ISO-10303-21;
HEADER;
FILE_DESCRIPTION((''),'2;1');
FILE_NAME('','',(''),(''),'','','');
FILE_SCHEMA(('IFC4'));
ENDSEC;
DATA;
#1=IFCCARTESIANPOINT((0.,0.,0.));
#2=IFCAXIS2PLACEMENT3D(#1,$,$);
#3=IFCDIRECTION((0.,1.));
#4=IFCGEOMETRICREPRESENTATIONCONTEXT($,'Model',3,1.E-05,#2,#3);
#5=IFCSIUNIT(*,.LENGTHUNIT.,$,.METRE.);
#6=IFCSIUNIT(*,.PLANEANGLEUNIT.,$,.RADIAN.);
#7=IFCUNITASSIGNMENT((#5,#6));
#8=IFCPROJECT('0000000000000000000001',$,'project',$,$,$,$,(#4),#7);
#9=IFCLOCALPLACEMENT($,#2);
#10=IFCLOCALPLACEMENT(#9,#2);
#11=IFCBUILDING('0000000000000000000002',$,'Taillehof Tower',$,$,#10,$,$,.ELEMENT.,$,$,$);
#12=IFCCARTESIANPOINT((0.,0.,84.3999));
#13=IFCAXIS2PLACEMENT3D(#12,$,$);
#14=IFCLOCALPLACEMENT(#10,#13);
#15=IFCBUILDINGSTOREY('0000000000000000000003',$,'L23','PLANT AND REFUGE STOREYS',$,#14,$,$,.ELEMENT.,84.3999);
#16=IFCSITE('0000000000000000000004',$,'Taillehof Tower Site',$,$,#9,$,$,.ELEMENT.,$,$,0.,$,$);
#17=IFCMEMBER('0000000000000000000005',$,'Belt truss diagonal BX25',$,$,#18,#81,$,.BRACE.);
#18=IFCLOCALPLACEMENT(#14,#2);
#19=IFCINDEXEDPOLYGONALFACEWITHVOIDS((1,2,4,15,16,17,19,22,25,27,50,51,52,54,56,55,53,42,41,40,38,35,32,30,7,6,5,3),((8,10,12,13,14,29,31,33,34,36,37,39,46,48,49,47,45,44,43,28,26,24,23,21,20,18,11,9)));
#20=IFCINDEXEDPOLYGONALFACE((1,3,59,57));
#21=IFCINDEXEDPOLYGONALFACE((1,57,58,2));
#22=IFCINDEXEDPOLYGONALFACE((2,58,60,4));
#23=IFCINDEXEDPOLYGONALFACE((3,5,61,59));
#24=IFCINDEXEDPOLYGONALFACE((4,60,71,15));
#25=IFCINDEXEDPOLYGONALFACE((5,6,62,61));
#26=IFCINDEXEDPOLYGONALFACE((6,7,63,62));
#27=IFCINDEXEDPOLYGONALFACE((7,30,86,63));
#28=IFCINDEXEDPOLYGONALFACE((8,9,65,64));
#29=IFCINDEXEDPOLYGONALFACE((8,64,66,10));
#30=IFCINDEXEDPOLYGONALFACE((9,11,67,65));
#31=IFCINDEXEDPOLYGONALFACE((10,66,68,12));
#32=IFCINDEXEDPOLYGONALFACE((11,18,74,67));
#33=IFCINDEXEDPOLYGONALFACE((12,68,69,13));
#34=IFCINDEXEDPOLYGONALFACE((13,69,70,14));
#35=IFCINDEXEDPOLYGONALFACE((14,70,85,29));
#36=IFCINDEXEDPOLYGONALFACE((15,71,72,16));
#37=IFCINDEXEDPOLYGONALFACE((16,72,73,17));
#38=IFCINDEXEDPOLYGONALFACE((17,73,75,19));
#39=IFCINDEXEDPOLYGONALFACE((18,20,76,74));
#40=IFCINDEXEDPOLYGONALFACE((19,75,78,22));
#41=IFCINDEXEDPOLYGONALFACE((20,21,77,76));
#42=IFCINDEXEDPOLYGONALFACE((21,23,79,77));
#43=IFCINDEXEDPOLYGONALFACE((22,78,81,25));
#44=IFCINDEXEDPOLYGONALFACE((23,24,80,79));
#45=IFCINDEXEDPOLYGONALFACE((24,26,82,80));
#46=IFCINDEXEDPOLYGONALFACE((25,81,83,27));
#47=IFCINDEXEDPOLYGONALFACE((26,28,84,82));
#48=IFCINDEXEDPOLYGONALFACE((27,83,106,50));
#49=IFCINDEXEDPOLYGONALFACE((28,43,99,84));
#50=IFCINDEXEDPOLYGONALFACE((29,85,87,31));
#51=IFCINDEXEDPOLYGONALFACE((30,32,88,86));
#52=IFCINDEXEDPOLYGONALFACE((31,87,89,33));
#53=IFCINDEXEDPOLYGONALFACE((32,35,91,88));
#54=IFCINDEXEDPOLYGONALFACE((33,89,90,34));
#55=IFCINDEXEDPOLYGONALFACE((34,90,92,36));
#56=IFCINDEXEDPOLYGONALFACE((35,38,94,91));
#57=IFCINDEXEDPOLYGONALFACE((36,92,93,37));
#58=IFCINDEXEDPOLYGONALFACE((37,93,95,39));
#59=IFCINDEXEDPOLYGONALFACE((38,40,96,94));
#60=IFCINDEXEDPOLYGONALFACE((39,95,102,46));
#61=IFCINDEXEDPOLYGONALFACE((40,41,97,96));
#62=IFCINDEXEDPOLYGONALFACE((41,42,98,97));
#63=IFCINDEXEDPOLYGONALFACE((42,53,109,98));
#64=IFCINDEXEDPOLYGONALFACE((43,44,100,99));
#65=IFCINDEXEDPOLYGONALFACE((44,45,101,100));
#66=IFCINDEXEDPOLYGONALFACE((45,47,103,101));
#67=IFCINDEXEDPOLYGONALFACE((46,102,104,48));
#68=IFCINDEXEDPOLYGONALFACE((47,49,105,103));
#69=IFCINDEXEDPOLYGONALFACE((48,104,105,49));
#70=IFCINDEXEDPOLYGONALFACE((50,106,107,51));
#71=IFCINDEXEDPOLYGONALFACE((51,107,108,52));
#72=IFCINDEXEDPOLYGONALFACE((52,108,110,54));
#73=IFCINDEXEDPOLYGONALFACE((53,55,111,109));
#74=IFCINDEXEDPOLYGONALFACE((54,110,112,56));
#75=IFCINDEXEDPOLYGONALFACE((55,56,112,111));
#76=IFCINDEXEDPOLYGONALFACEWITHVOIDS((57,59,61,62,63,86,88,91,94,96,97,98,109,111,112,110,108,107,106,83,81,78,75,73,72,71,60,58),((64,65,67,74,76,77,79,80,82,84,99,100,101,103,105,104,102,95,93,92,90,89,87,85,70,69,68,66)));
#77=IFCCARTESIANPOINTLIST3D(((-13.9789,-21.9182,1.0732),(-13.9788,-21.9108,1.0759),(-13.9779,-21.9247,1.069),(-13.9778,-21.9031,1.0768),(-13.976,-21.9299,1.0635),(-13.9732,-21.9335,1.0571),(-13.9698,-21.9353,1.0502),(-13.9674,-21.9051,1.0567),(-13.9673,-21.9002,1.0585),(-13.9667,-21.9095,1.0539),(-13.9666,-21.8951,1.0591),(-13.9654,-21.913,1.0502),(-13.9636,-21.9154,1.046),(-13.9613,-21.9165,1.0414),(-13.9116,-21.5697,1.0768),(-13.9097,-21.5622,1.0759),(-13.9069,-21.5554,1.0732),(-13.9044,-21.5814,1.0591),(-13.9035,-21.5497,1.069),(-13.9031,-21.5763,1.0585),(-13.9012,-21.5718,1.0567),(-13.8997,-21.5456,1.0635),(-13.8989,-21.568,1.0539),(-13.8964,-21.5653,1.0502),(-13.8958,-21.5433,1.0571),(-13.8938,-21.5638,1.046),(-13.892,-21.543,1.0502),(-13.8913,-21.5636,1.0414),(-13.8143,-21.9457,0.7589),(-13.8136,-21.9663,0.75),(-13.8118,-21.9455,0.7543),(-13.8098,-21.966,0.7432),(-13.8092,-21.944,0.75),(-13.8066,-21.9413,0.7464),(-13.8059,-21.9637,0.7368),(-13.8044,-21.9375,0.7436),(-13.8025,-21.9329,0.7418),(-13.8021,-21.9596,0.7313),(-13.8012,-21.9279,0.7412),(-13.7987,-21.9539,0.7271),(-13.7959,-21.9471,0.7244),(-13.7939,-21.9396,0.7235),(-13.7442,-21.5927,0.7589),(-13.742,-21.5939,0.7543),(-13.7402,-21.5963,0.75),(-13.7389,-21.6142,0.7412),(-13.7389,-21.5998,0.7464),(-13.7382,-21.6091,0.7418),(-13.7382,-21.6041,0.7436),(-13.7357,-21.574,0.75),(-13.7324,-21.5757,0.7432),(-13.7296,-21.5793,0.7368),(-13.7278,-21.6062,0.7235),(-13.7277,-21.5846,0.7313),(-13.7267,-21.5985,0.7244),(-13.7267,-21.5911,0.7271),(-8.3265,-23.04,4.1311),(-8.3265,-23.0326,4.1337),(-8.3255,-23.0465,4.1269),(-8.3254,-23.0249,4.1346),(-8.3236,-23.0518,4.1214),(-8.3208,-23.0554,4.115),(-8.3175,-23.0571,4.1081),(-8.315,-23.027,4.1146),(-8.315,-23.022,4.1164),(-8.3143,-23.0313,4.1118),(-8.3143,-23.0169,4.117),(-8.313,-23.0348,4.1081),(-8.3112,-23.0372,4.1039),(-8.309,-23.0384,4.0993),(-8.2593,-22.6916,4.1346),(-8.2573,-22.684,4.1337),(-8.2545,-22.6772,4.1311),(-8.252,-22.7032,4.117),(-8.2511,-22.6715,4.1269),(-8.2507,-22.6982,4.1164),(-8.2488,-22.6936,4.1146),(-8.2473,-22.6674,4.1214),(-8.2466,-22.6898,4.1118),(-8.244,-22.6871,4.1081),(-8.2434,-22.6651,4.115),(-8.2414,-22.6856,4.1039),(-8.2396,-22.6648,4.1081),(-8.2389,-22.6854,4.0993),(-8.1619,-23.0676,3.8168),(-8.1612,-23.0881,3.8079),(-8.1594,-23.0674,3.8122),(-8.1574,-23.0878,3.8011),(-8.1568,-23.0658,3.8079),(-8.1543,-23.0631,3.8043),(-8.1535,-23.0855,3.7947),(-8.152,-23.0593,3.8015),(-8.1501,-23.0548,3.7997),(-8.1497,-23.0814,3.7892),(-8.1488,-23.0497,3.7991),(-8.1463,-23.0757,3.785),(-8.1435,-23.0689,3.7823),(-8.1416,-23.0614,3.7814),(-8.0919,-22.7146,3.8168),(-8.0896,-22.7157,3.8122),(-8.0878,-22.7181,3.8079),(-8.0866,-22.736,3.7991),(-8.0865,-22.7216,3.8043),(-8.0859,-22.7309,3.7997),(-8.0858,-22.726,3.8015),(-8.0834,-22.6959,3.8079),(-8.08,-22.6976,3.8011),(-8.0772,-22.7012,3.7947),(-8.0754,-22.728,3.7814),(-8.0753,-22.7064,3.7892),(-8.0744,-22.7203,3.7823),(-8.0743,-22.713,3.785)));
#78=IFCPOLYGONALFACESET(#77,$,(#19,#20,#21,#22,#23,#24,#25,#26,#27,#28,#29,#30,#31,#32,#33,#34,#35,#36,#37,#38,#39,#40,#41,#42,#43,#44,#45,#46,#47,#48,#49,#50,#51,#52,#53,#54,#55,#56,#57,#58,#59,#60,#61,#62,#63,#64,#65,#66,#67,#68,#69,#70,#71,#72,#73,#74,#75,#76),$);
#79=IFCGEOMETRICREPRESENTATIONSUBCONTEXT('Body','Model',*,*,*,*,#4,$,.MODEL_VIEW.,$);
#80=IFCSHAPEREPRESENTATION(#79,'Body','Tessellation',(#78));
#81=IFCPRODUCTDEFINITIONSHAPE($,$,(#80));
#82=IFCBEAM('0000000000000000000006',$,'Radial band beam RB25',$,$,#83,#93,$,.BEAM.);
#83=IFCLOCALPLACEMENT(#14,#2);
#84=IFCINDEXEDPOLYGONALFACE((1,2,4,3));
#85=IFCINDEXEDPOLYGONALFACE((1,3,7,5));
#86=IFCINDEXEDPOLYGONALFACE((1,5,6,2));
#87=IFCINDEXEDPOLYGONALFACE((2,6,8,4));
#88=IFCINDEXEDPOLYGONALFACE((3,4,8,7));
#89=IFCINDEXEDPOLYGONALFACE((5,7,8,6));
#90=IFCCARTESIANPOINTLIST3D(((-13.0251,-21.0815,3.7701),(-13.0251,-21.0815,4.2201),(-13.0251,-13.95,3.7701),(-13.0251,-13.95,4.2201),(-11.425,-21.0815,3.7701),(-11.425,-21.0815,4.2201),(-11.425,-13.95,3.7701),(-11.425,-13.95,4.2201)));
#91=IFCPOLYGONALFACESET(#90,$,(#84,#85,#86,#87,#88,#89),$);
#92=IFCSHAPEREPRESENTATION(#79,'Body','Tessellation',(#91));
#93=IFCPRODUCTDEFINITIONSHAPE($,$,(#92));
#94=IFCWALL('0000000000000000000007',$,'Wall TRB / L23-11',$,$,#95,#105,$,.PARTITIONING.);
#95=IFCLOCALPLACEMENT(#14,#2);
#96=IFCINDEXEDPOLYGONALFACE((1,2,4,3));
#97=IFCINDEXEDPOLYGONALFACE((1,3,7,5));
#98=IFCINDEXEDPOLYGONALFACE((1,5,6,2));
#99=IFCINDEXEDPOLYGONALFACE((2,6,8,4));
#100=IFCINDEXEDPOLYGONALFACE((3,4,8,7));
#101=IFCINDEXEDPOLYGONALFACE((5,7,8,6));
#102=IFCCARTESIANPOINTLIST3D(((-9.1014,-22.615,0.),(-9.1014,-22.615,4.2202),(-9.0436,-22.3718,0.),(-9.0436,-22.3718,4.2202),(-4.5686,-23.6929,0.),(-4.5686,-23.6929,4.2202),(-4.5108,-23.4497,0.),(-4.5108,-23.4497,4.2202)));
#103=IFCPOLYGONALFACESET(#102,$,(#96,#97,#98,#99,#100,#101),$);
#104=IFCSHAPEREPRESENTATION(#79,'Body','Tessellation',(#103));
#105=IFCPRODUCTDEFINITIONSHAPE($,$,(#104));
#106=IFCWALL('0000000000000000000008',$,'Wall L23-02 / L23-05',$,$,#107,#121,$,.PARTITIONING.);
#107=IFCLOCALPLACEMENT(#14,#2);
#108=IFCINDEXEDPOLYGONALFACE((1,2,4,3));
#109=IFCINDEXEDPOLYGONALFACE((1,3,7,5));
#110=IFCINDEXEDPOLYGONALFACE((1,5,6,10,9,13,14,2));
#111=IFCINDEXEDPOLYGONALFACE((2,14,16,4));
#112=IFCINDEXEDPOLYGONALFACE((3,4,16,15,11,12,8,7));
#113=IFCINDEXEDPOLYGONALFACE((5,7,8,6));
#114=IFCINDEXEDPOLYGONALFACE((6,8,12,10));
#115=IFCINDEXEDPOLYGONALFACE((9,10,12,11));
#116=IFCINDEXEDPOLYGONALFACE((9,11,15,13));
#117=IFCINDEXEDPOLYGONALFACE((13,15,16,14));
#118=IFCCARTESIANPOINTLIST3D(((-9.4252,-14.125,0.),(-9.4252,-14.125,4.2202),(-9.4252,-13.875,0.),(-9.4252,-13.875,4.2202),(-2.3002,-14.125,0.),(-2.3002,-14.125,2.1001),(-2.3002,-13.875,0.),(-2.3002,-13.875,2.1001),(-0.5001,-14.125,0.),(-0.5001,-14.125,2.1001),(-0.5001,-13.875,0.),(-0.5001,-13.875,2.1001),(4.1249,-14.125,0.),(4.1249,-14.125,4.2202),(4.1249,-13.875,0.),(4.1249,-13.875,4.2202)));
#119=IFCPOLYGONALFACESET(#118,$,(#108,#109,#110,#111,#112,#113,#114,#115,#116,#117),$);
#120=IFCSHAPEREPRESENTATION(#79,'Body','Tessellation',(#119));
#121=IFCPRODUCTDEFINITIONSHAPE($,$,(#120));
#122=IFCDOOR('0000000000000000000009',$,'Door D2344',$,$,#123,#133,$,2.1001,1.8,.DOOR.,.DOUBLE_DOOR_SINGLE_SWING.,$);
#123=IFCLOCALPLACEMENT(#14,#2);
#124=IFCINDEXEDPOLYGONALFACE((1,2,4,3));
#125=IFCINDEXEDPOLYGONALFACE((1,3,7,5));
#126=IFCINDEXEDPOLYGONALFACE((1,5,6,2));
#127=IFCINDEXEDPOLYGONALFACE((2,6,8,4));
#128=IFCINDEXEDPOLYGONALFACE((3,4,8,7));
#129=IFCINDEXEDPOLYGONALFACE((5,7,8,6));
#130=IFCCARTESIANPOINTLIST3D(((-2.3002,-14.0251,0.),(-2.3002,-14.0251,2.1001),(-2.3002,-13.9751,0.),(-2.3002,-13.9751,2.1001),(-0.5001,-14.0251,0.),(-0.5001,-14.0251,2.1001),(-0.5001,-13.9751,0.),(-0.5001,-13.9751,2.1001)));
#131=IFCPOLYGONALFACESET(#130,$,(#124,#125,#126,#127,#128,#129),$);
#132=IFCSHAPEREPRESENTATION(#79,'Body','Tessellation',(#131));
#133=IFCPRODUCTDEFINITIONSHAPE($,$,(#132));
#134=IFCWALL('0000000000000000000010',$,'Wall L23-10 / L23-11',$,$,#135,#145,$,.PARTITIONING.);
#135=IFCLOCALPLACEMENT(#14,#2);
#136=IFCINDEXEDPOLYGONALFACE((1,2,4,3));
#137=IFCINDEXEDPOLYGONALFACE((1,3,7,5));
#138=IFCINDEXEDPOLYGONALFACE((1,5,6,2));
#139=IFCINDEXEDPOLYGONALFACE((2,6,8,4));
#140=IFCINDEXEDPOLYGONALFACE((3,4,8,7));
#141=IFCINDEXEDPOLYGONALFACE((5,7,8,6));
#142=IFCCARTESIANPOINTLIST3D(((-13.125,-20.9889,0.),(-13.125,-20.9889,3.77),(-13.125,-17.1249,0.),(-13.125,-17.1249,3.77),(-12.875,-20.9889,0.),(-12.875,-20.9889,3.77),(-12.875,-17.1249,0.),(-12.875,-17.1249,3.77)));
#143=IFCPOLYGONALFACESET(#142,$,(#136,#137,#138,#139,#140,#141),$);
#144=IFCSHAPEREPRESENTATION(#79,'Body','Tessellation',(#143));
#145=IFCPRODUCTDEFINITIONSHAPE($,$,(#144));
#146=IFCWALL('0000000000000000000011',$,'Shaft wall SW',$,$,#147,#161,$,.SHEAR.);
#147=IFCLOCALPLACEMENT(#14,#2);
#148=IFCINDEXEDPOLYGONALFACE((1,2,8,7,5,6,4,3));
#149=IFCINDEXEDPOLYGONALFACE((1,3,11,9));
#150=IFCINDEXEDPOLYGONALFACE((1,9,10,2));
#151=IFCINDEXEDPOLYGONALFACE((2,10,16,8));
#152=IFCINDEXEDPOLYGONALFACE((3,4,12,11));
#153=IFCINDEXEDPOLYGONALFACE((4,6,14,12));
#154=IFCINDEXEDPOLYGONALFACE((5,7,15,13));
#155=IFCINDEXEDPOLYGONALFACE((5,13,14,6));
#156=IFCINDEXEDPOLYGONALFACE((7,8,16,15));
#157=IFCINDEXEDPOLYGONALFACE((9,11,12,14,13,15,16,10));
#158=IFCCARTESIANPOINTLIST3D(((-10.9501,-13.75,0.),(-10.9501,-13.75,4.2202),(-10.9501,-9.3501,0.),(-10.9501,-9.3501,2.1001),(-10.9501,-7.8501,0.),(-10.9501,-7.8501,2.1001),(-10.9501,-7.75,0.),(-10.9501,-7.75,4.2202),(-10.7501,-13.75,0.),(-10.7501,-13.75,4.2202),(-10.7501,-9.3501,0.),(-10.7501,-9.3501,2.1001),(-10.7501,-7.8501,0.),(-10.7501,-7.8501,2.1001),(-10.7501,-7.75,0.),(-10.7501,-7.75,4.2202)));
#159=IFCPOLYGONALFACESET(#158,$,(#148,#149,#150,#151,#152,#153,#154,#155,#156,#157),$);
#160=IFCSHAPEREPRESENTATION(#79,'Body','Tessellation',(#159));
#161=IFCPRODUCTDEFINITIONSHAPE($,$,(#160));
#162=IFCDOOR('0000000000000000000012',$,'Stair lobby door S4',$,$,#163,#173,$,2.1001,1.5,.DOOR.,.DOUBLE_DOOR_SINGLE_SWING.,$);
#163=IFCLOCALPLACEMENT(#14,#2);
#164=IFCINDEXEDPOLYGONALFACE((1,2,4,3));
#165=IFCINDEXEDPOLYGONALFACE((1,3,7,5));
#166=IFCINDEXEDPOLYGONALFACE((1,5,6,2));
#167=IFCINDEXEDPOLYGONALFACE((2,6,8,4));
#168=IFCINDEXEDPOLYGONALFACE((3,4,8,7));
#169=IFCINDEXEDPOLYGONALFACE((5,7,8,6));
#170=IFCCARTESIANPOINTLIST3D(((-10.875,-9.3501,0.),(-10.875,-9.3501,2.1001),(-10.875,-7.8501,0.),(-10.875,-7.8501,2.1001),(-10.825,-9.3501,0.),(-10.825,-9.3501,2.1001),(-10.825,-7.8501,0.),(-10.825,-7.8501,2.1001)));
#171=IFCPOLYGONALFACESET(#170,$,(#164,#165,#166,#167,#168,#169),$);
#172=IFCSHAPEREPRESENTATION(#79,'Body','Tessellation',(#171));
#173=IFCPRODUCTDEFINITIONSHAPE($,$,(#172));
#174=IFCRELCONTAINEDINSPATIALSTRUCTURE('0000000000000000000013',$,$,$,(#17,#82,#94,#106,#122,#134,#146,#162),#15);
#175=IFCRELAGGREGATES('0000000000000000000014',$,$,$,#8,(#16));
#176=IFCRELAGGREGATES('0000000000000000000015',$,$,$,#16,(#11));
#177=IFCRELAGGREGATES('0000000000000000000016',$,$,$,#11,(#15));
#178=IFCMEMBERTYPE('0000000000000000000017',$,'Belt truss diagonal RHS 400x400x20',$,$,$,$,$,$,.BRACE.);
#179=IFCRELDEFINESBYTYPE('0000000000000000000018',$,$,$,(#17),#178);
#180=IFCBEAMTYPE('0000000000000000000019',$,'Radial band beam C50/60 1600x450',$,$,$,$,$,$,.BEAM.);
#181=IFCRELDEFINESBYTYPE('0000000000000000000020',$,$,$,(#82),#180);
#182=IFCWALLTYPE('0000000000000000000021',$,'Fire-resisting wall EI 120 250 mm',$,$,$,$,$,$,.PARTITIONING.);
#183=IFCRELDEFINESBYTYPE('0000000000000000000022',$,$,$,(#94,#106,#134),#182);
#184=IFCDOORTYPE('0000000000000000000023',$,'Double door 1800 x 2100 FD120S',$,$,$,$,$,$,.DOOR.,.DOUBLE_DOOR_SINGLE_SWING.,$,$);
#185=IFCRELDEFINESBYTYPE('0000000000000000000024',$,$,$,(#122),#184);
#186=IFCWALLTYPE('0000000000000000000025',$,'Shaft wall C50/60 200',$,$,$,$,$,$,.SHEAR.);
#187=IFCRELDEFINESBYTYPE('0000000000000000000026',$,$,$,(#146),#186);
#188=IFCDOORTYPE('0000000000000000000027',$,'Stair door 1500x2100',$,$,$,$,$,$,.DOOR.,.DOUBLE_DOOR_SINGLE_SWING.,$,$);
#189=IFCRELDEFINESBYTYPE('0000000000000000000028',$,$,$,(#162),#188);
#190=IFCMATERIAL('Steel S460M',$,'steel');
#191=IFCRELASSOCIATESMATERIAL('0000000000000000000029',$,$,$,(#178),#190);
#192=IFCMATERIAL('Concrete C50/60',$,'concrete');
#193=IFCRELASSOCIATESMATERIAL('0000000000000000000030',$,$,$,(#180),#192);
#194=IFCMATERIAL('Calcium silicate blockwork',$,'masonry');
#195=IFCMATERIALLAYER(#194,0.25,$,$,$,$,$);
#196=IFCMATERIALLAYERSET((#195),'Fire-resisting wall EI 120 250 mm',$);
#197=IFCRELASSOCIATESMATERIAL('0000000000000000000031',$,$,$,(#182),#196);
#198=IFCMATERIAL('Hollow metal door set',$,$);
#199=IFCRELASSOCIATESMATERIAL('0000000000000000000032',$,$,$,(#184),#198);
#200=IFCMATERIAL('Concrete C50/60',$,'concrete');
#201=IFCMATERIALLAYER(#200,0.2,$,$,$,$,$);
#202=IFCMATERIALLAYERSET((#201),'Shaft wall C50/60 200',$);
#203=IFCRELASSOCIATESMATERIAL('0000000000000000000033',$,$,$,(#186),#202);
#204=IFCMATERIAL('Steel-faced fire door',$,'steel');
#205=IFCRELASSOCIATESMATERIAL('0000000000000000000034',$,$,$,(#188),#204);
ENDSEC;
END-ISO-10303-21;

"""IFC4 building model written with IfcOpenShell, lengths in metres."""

from ifc_helpers import new_model, si_unit, direction, frame, frame_2d, origin, origin_2d, place, context, subcontext, project, spatial, rectangle, hollow_rectangle, extrude, material, layer, layer_set, material_profile, profile_set, type_object, element, fill, save


model = new_model("IFC4")

# Units and contexts
model_context = context("Model", 3, precision=1e-05, world=origin(), true_north=direction((0.0, 1.0)))
body_context = subcontext(model_context, "Body", "Model", "MODEL_VIEW")
ifc_project = project(units=[si_unit("LENGTHUNIT", "METRE"), si_unit("PLANEANGLEUNIT", "RADIAN")], contexts=[model_context])

# Site, building, storey
site_placement = place(None, origin())
site = spatial("IfcSite", under=ifc_project, at=site_placement, Name="Taillehof Tower Site", CompositionType="ELEMENT", RefElevation=0.0)
building_placement = place(site_placement, origin())
building = spatial("IfcBuilding", under=site, at=building_placement, Name="Taillehof Tower", CompositionType="ELEMENT")
storey_placement = place(building_placement, frame((0.0, 0.0, 84.3999)))
storey = spatial("IfcBuildingStorey", under=building, at=storey_placement, Name="L23", Description="PLANT AND REFUGE STOREYS", CompositionType="ELEMENT", Elevation=84.3999)

# Member
ifc_material_1 = material(Name="Steel S460M", Category="steel")
ifc_material_profile_1 = material_profile(ifc_material_1, hollow_rectangle(XDim=0.3999, YDim=0.3999, WallThickness=0.02, InnerFilletRadius=0.02, OuterFilletRadius=0.03, at=origin_2d()), Name="RHS 400x400x20")
ifc_profile_set_1 = profile_set([ifc_material_profile_1], Name="Steel S460M")
member_type_1 = type_object("IfcMemberType", Name="Belt truss diagonal RHS 400x400x20", PredefinedType="BRACE", material=ifc_profile_set_1)
member_1_placement = place(storey_placement, frame((-13.8528, -21.7546, 0.9001), z_axis=(0.866439, -0.171963, 0.468735), x_axis=(0.194674, 0.980868, 0.0)))
element("IfcMember", 1, at=member_1_placement, inside=storey, type_object=member_type_1, Name="Belt truss diagonal BX25", PredefinedType="BRACE", context=body_context, shape_type="SweptSolid", body=[
    extrude(hollow_rectangle(XDim=0.3999, YDim=0.3999, WallThickness=0.02, InnerFilletRadius=0.02, OuterFilletRadius=0.03, at=origin_2d()), origin(), (0.0, 0.0, 1.0), 6.5237),
])

# Beam
ifc_material_2 = material(Name="Concrete C50/60", Category="concrete")
ifc_material_profile_2 = material_profile(ifc_material_2, rectangle(XDim=1.6001, YDim=0.45, at=origin_2d()), Name="RC 1600x450")
ifc_profile_set_2 = profile_set([ifc_material_profile_2], Name="Concrete C50/60")
beam_type = type_object("IfcBeamType", Name="Radial band beam C50/60 1600x450", PredefinedType="BEAM", material=ifc_profile_set_2)
beam_placement = place(storey_placement, frame((-12.2251, -21.0815, 3.9951), z_axis=(0.0, 1.0, 0.0), x_axis=(-1.0, 0.0, 0.0)))
element("IfcBeam", 2, at=beam_placement, inside=storey, type_object=beam_type, Name="Radial band beam RB25", PredefinedType="BEAM", context=body_context, shape_type="SweptSolid", body=[
    extrude(rectangle(XDim=1.6001, YDim=0.45, at=origin_2d()), origin(), (0.0, 0.0, 1.0), 7.1316),
])

# Wall
ifc_material_3 = material(Name="Calcium silicate blockwork", Category="masonry")
ifc_layer_1 = layer(ifc_material_3, 0.25)
ifc_layer_set_1 = layer_set([ifc_layer_1], Name="Fire-resisting wall EI 120 250 mm")
wall_type_1 = type_object("IfcWallType", Name="Fire-resisting wall EI 120 250 mm", PredefinedType="PARTITIONING", material=ifc_layer_set_1)
wall_1_placement = place(storey_placement, frame((-9.0725, -22.4934, 0.0), z_axis=(0.0, 0.0, 1.0), x_axis=(0.972871, -0.231349, 0.0)))
element("IfcWall", 3, at=wall_1_placement, inside=storey, type_object=wall_type_1, Name="Wall TRB / L23-11", PredefinedType="PARTITIONING", context=body_context, shape_type="SweptSolid", body=[
    extrude(rectangle(XDim=4.6592, YDim=0.25, at=frame_2d((2.3296, 0.0))), origin(), (0.0, 0.0, 1.0), 4.2202),
])

# Wall, opening, door
wall_2_placement = place(storey_placement, frame((-9.425, -14.0, 0.0), z_axis=(0.0, 0.0, 1.0), x_axis=(1.0, 0.0, 0.0)))
wall_2 = element("IfcWall", 4, at=wall_2_placement, inside=storey, type_object=wall_type_1, Name="Wall L23-02 / L23-05", PredefinedType="PARTITIONING", context=body_context, shape_type="SweptSolid", body=[
    extrude(rectangle(XDim=13.55, YDim=0.25, at=frame_2d((6.7749, 0.0))), origin(), (0.0, 0.0, 1.0), 4.2202),
])
opening_1_placement = place(wall_2_placement, frame((7.125, 0.0, 0.0)))
opening_1 = element("IfcOpeningElement", 5, at=opening_1_placement, cuts=wall_2, PredefinedType="OPENING", context=body_context, shape_type="SweptSolid", body=[
    extrude(rectangle(XDim=1.8, YDim=2.1001, at=frame_2d((0.8999, 1.05))), frame((0.0, 0.135, 0.0), z_axis=(0.0, -1.0, 0.0), x_axis=(1.0, 0.0, 0.0)), (0.0, 0.0, 1.0), 0.27),
])
ifc_material_4 = material(Name="Hollow metal door set")
door_type_1 = type_object("IfcDoorType", Name="Double door 1800 x 2100 FD120S", OperationType="DOUBLE_DOOR_SINGLE_SWING", PredefinedType="DOOR", material=ifc_material_4)
door_1_placement = place(opening_1_placement, origin())
door_1 = element("IfcDoor", 6, at=door_1_placement, inside=storey, type_object=door_type_1, Name="Door D2344", OperationType="DOUBLE_DOOR_SINGLE_SWING", OverallHeight=2.1001, OverallWidth=1.8, PredefinedType="DOOR", context=body_context, shape_type="SweptSolid", body=[
    extrude(rectangle(XDim=1.8, YDim=2.1001, at=frame_2d((0.8999, 1.05))), frame((0.0, 0.0249, 0.0), z_axis=(0.0, -1.0, 0.0), x_axis=(1.0, 0.0, 0.0)), (0.0, 0.0, 1.0), 0.05),
])
fill(opening_1, door_1)

# Wall
wall_3_placement = place(storey_placement, frame((-13.0, -20.989, 0.0), z_axis=(0.0, 0.0, 1.0), x_axis=(0.0, 1.0, 0.0)))
element("IfcWall", 7, at=wall_3_placement, inside=storey, type_object=wall_type_1, Name="Wall L23-10 / L23-11", PredefinedType="PARTITIONING", context=body_context, shape_type="SweptSolid", body=[
    extrude(rectangle(XDim=3.864, YDim=0.25, at=frame_2d((1.9321, 0.0))), origin(), (0.0, 0.0, 1.0), 3.77),
])

# Wall, opening, door
ifc_material_5 = material(Name="Concrete C50/60", Category="concrete")
ifc_layer_2 = layer(ifc_material_5, 0.2)
ifc_layer_set_2 = layer_set([ifc_layer_2], Name="Shaft wall C50/60 200")
wall_type_2 = type_object("IfcWallType", Name="Shaft wall C50/60 200", PredefinedType="SHEAR", material=ifc_layer_set_2)
wall_4_placement = place(storey_placement, frame((-10.8501, -13.75, 0.0), z_axis=(0.0, 0.0, 1.0), x_axis=(0.0, 1.0, 0.0)))
wall_4 = element("IfcWall", 8, at=wall_4_placement, inside=storey, type_object=wall_type_2, Name="Shaft wall SW", PredefinedType="SHEAR", context=body_context, shape_type="SweptSolid", body=[
    extrude(rectangle(XDim=6.0, YDim=0.2, at=frame_2d((3.0, 0.0))), origin(), (0.0, 0.0, 1.0), 4.2202),
])
opening_2_placement = place(wall_4_placement, frame((4.3999, 0.0, 0.0)))
opening_2 = element("IfcOpeningElement", 9, at=opening_2_placement, cuts=wall_4, PredefinedType="OPENING", context=body_context, shape_type="SweptSolid", body=[
    extrude(rectangle(XDim=1.5, YDim=2.1001, at=frame_2d((0.75, 1.05))), frame((0.0, 0.1099, 0.0), z_axis=(0.0, -1.0, 0.0), x_axis=(1.0, 0.0, 0.0)), (0.0, 0.0, 1.0), 0.22),
])
ifc_material_6 = material(Name="Steel-faced fire door", Category="steel")
door_type_2 = type_object("IfcDoorType", Name="Stair door 1500x2100", OperationType="DOUBLE_DOOR_SINGLE_SWING", PredefinedType="DOOR", material=ifc_material_6)
door_2_placement = place(opening_2_placement, origin())
door_2 = element("IfcDoor", 10, at=door_2_placement, inside=storey, type_object=door_type_2, Name="Stair lobby door S4", OperationType="DOUBLE_DOOR_SINGLE_SWING", OverallHeight=2.1001, OverallWidth=1.5, PredefinedType="DOOR", context=body_context, shape_type="SweptSolid", body=[
    extrude(rectangle(XDim=1.5, YDim=2.1001, at=frame_2d((0.75, 1.05))), frame((0.0, 0.0249, 0.0), z_axis=(0.0, -1.0, 0.0), x_axis=(1.0, 0.0, 0.0)), (0.0, 0.0, 1.0), 0.05),
])
fill(opening_2, door_2)

save(model, "model.ifc")
